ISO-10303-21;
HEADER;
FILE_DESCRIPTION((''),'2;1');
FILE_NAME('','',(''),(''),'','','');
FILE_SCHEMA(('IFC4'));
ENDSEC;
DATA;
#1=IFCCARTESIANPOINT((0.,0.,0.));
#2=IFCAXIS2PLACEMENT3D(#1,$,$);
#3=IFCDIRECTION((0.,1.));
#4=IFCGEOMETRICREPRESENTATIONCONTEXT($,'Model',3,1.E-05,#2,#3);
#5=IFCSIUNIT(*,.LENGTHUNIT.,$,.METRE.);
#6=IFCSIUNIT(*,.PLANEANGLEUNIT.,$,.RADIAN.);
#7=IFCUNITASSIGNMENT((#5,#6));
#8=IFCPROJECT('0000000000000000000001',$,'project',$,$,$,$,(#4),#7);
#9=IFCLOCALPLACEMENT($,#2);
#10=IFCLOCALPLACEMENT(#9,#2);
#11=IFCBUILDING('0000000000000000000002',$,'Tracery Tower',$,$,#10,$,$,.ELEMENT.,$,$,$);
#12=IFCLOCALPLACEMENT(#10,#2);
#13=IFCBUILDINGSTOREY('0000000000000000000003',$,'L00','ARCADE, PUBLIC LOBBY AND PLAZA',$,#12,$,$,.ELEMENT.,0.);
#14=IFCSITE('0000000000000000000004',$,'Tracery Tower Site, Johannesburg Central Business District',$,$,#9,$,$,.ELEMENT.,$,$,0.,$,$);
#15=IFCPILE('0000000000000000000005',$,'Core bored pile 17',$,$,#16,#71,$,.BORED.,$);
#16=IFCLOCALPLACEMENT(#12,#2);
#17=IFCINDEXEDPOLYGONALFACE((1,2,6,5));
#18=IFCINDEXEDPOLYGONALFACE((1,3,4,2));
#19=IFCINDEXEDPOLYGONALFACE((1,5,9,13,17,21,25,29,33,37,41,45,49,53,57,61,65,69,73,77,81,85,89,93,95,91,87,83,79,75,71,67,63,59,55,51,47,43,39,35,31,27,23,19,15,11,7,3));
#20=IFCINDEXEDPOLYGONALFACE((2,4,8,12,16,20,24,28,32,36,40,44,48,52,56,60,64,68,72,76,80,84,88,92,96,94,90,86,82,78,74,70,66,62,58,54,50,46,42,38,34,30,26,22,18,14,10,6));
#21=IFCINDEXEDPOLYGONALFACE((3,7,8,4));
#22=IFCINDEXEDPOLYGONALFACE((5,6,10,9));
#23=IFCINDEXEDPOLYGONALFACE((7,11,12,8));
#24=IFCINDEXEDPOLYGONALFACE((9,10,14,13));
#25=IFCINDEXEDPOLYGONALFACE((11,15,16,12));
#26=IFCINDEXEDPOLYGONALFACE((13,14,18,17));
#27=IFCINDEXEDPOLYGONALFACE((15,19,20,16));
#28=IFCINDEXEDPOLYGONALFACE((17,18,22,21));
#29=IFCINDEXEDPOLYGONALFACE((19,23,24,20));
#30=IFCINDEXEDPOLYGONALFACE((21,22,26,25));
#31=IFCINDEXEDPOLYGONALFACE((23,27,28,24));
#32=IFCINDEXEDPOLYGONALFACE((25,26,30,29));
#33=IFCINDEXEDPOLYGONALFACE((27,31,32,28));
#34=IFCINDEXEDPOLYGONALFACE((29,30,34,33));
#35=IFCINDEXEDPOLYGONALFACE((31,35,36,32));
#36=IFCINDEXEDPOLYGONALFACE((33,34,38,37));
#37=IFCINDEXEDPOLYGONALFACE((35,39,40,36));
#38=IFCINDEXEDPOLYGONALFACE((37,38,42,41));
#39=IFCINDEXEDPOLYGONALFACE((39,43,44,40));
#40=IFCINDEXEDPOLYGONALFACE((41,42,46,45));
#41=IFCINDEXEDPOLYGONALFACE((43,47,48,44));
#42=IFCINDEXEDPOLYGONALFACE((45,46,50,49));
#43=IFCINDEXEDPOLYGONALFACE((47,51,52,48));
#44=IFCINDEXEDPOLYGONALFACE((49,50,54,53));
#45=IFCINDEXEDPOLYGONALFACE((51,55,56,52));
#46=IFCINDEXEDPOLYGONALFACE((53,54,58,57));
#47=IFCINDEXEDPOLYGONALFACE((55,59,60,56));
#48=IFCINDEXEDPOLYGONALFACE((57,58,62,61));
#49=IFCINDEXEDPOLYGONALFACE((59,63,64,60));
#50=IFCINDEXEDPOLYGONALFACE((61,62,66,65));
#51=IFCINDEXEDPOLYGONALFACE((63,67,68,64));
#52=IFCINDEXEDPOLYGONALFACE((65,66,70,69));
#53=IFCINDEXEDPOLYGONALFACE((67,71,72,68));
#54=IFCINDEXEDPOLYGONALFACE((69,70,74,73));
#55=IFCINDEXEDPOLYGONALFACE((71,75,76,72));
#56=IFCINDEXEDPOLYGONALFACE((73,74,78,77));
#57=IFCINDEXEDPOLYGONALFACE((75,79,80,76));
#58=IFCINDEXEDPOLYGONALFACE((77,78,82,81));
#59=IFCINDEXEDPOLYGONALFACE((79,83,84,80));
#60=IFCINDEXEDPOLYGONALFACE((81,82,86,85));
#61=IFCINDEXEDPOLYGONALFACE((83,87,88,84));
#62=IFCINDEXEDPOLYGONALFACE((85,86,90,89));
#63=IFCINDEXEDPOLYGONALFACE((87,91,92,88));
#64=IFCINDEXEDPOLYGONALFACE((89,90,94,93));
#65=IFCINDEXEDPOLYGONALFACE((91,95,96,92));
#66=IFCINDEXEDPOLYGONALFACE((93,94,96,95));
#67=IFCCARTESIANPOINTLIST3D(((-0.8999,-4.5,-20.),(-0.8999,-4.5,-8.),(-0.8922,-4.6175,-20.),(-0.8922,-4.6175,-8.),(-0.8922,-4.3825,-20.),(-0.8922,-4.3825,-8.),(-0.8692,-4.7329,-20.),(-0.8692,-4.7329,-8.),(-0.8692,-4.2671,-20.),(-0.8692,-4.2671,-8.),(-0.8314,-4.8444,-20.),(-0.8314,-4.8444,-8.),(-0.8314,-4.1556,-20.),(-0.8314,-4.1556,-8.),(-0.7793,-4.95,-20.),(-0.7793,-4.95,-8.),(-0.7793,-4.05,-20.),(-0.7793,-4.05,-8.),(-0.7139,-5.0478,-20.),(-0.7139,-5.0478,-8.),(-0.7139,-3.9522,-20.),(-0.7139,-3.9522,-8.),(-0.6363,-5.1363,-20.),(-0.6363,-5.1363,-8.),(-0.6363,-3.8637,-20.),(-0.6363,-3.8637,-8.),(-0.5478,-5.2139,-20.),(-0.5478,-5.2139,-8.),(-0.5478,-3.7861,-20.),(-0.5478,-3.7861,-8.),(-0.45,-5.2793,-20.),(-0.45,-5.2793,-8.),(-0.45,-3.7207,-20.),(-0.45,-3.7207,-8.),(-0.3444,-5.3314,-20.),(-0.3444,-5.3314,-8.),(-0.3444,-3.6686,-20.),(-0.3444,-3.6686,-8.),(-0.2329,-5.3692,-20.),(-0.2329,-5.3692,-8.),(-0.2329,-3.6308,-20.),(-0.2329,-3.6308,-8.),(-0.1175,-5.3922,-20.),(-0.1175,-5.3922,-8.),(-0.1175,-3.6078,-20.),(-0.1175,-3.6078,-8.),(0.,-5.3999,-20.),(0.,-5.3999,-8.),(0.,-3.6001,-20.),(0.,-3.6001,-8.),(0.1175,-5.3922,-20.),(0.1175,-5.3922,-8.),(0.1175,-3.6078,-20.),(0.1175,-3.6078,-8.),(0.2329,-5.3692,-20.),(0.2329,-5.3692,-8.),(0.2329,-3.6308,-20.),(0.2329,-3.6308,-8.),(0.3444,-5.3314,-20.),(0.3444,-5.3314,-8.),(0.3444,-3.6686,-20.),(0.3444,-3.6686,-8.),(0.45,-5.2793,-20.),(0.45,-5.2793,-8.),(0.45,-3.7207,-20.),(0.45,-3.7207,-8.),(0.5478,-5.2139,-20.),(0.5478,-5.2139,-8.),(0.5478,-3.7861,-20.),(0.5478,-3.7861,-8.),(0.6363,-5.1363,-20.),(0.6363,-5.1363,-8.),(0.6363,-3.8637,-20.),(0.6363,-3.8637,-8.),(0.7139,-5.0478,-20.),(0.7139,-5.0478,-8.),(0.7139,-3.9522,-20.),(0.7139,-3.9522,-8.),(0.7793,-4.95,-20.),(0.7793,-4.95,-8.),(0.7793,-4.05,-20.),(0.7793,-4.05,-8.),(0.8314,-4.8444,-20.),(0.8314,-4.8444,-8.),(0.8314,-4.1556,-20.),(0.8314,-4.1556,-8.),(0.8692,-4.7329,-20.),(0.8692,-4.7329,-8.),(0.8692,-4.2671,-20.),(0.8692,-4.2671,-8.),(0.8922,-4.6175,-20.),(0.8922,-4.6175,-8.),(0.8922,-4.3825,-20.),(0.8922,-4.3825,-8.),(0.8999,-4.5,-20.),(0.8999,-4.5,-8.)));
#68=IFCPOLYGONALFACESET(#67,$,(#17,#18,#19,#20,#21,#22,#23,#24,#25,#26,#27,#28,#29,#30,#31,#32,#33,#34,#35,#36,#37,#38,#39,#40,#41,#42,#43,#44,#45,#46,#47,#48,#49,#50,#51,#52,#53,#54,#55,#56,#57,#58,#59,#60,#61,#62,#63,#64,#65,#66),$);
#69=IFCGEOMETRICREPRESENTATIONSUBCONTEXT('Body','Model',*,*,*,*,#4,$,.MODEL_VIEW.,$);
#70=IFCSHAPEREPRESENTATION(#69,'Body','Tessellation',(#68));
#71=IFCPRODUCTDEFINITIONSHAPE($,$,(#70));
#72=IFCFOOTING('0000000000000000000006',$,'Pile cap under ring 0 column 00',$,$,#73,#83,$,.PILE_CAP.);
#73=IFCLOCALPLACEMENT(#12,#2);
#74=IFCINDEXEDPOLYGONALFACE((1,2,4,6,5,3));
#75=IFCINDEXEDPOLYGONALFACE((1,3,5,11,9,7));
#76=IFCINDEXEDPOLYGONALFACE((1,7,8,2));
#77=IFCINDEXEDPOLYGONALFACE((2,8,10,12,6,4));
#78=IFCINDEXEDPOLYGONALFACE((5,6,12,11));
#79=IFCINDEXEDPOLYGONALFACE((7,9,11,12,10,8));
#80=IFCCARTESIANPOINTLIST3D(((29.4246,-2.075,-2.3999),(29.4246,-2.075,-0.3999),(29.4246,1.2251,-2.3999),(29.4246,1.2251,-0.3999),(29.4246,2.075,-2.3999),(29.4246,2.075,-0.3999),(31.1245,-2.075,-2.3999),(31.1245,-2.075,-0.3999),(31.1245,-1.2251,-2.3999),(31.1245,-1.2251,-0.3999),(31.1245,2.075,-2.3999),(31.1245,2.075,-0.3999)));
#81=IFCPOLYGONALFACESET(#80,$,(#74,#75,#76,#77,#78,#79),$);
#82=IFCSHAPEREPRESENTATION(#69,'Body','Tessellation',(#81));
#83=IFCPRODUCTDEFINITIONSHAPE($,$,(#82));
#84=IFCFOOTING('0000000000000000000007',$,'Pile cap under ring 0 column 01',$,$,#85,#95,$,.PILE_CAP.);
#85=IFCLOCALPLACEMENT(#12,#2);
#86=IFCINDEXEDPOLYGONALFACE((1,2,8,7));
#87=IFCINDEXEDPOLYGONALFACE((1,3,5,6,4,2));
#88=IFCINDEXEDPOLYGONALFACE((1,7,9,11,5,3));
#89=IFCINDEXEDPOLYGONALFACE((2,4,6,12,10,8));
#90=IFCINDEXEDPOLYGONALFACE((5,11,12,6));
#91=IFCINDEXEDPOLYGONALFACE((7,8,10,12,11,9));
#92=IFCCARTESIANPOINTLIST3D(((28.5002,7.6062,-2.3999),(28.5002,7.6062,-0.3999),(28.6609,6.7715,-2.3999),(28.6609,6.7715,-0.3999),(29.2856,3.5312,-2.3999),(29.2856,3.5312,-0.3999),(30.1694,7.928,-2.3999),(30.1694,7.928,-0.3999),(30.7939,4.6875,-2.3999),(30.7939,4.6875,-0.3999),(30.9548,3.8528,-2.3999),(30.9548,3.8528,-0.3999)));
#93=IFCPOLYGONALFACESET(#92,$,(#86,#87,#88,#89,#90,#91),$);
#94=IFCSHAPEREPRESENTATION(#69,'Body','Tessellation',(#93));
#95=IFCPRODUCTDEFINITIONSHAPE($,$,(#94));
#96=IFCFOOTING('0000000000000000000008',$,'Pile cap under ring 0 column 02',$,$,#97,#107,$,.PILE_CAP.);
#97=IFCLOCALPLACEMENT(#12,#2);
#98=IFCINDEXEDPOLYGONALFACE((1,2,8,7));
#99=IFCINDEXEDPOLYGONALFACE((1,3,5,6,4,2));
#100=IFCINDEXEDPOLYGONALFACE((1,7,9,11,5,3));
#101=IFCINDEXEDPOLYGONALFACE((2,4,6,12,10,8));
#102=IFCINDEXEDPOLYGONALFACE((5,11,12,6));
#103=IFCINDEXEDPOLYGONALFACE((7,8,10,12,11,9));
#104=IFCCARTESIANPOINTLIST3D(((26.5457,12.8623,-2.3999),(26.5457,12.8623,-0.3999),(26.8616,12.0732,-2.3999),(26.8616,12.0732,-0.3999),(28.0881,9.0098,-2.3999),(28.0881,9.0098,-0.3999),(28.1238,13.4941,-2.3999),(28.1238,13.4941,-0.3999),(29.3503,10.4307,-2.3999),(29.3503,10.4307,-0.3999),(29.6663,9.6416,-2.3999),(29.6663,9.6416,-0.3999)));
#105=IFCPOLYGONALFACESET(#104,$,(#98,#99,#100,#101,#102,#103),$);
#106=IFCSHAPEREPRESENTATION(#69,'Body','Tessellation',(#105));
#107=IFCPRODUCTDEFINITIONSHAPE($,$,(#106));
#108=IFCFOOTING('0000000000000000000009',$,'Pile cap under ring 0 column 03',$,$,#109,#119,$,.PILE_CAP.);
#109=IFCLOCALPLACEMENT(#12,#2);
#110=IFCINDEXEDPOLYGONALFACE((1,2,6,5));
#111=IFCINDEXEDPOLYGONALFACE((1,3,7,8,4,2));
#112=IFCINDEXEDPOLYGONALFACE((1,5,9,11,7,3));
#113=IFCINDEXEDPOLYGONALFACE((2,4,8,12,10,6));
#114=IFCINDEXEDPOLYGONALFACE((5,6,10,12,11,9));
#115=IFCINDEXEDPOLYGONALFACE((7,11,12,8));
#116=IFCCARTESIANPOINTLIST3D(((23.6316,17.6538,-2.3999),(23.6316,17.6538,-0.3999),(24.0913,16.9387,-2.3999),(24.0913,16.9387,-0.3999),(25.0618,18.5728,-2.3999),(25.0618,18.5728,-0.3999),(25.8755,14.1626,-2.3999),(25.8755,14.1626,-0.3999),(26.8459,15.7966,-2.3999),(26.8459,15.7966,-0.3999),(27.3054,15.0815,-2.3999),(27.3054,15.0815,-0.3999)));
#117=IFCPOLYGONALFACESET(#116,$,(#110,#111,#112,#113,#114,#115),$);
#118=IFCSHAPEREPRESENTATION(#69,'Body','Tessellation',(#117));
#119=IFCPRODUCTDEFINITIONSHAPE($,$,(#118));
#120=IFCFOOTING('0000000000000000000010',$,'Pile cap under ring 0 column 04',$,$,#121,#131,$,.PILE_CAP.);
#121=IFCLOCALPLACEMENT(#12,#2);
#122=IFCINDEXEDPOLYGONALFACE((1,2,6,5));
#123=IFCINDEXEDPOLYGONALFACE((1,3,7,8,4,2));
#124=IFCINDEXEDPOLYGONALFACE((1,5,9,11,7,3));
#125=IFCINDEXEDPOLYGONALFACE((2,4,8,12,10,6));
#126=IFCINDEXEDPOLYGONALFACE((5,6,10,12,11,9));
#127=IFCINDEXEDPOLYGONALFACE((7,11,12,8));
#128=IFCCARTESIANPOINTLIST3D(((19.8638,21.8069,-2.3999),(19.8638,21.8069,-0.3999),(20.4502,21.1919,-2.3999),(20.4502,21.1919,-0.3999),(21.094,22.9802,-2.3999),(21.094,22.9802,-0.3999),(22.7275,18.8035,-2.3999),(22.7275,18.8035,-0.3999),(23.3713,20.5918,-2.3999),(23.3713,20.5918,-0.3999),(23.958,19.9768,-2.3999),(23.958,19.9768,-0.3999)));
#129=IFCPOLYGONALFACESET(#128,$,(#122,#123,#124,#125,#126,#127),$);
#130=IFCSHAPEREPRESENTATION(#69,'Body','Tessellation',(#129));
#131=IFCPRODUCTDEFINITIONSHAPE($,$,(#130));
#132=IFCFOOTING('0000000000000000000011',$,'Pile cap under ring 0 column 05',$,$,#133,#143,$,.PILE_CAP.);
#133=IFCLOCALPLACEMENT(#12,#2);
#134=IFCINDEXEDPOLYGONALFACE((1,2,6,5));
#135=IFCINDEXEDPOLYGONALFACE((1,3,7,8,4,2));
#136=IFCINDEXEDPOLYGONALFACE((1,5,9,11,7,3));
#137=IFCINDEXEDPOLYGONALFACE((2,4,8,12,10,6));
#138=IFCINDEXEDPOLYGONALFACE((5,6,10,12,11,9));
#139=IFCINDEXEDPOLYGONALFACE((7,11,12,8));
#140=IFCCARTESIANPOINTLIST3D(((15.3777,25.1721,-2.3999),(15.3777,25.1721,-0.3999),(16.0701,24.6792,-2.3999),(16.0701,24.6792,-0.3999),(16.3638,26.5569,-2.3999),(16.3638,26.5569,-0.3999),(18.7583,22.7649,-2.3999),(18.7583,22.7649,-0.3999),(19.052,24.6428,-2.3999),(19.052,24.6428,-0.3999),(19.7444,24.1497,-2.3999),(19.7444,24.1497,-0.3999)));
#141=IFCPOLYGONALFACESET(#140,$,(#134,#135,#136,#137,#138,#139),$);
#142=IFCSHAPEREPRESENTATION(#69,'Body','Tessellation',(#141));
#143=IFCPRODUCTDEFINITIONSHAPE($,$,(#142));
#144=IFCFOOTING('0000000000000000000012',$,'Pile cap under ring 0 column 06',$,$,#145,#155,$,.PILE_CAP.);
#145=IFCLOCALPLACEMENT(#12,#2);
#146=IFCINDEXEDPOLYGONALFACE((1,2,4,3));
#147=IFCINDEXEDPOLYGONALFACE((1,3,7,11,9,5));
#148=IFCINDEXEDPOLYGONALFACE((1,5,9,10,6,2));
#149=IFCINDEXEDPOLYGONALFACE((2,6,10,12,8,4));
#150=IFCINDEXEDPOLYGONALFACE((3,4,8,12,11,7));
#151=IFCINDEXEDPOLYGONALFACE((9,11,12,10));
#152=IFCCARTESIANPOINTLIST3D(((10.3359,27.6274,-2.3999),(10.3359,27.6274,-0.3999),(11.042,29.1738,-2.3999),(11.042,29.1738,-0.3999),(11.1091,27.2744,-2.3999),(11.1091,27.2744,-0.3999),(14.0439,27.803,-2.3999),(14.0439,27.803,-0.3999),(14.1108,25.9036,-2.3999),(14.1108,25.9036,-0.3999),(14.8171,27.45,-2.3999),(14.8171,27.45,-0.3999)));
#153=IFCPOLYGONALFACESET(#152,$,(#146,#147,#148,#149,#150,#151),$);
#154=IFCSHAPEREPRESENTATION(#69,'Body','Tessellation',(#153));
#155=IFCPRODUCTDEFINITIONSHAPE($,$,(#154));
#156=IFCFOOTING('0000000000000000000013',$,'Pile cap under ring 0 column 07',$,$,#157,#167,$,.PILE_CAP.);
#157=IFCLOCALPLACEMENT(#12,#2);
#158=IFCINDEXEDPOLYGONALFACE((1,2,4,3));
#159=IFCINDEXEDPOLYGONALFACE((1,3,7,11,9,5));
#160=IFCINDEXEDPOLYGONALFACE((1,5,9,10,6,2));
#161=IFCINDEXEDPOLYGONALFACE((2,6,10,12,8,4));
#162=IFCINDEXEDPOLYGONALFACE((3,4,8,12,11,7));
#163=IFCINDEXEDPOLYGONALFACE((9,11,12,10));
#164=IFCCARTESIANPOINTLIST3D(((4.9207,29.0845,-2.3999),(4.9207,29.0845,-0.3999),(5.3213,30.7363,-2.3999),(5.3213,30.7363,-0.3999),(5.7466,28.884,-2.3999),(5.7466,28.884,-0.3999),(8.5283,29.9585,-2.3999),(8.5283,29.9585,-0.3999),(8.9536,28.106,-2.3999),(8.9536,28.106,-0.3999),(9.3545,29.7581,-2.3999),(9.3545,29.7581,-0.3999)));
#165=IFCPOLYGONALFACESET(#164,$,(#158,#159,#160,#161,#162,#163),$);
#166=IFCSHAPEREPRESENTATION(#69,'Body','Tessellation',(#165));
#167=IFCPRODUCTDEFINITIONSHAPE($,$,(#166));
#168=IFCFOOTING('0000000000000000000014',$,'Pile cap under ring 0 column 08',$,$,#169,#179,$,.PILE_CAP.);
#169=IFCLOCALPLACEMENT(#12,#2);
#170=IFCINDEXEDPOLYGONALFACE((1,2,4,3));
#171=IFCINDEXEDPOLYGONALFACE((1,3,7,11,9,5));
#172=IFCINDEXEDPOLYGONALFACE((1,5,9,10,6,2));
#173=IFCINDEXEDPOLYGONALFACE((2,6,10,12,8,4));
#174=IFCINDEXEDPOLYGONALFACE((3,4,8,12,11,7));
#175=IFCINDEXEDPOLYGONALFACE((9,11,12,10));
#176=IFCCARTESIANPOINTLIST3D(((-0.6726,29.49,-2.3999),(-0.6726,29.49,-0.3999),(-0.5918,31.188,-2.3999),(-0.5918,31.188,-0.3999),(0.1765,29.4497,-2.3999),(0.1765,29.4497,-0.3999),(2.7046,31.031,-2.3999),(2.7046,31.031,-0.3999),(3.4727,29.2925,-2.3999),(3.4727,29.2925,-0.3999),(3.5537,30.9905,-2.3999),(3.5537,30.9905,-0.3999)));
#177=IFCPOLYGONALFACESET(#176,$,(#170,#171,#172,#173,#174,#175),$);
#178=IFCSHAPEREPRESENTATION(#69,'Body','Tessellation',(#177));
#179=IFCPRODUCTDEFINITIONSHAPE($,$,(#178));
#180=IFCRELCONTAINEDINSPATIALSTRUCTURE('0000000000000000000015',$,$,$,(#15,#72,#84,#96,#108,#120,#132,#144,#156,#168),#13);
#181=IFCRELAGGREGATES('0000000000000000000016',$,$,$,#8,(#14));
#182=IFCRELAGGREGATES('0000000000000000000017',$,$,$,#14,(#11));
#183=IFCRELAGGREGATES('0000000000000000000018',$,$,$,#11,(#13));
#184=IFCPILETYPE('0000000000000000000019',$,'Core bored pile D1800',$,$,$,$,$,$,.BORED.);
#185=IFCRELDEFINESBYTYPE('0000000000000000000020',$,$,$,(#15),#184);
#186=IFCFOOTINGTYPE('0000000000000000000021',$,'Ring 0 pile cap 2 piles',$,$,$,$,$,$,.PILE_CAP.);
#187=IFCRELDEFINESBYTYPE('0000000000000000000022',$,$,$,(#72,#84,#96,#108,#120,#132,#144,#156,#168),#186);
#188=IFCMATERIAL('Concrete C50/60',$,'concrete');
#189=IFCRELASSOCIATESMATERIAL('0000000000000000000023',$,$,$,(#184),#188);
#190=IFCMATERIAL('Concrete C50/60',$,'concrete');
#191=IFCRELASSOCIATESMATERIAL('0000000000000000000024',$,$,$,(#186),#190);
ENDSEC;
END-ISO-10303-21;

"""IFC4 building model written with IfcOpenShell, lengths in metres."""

from ifc_helpers import new_model, si_unit, direction, frame, origin, origin_2d, place, context, subcontext, project, spatial, polyline, circle, outline, extrude, material, material_profile, profile_set, type_object, element, save


model = new_model("IFC4")

# Units and contexts
model_context = context("Model", 3, precision=1e-05, world=origin(), true_north=direction((0.0, 1.0)))
body_context = subcontext(model_context, "Body", "Model", "MODEL_VIEW")
ifc_project = project(units=[si_unit("LENGTHUNIT", "METRE"), si_unit("PLANEANGLEUNIT", "RADIAN")], contexts=[model_context])

# Site, building, storey
site_placement = place(None, origin())
site = spatial("IfcSite", under=ifc_project, at=site_placement, Name="Tracery Tower Site, Johannesburg Central Business District", CompositionType="ELEMENT", RefElevation=0.0)
building_placement = place(site_placement, origin())
building = spatial("IfcBuilding", under=site, at=building_placement, Name="Tracery Tower", CompositionType="ELEMENT")
storey_placement = place(building_placement, origin())
storey = spatial("IfcBuildingStorey", under=building, at=storey_placement, Name="L00", Description="ARCADE, PUBLIC LOBBY AND PLAZA", CompositionType="ELEMENT", Elevation=0.0)

# Pile
ifc_material_1 = material(Name="Concrete C50/60", Category="concrete")
ifc_material_profile = material_profile(ifc_material_1, circle(Radius=0.8999, at=origin_2d()), Name="RC D1800")
ifc_profile_set = profile_set([ifc_material_profile], Name="Concrete C50/60")
pile_type = type_object("IfcPileType", Name="Core bored pile D1800", PredefinedType="BORED", material=ifc_profile_set)
for number, where, z_axis, x_axis, name in (
    (1, (0.0, -4.5, -8.0), (0.0, 0.0, -1.0), (1.0, 0.0, 0.0), "Core bored pile 17"),
):
    element("IfcPile", number, at=place(storey_placement, frame(where, z_axis=z_axis, x_axis=x_axis)), inside=storey, type_object=pile_type, Name=name, PredefinedType="BORED", context=body_context, shape_type="SweptSolid", body=[
        extrude(circle(Radius=0.8999, at=origin_2d()), origin(), (0.0, 0.0, 1.0), 12.0),
    ])

# Footings
ifc_material_2 = material(Name="Concrete C50/60", Category="concrete")
footing_type = type_object("IfcFootingType", Name="Ring 0 pile cap 2 piles", PredefinedType="PILE_CAP", material=ifc_material_2)
footing_1_placement = place(storey_placement, frame((0.0, 0.0, -2.3999)))
element("IfcFooting", 2, at=footing_1_placement, inside=storey, type_object=footing_type, Name="Pile cap under ring 0 column 00", PredefinedType="PILE_CAP", context=body_context, shape_type="SweptSolid", body=[
    extrude(outline(polyline([(29.4246, -2.075), (31.1245, -2.075), (31.1245, -1.2251), (31.1245, 2.075), (29.4246, 2.075), (29.4246, 1.2251), (29.4246, -2.075)])), origin(), (0.0, 0.0, 1.0), 2.0),
])
footing_2_placement = place(storey_placement, frame((0.0, 0.0, -2.3999)))
element("IfcFooting", 3, at=footing_2_placement, inside=storey, type_object=footing_type, Name="Pile cap under ring 0 column 01", PredefinedType="PILE_CAP", context=body_context, shape_type="SweptSolid", body=[
    extrude(outline(polyline([(29.2856, 3.5312), (30.9548, 3.8528), (30.7939, 4.6875), (30.1694, 7.928), (28.5002, 7.6062), (28.6609, 6.7715), (29.2856, 3.5312)])), origin(), (0.0, 0.0, 1.0), 2.0),
])
footing_3_placement = place(storey_placement, frame((0.0, 0.0, -2.3999)))
element("IfcFooting", 4, at=footing_3_placement, inside=storey, type_object=footing_type, Name="Pile cap under ring 0 column 02", PredefinedType="PILE_CAP", context=body_context, shape_type="SweptSolid", body=[
    extrude(outline(polyline([(28.0881, 9.0098), (29.6663, 9.6416), (29.3503, 10.4307), (28.1238, 13.4941), (26.5457, 12.8623), (26.8616, 12.0732), (28.0881, 9.0098)])), origin(), (0.0, 0.0, 1.0), 2.0),
])
footing_4_placement = place(storey_placement, frame((0.0, 0.0, -2.3999)))
element("IfcFooting", 5, at=footing_4_placement, inside=storey, type_object=footing_type, Name="Pile cap under ring 0 column 03", PredefinedType="PILE_CAP", context=body_context, shape_type="SweptSolid", body=[
    extrude(outline(polyline([(25.8755, 14.1626), (27.3054, 15.0815), (26.8459, 15.7966), (25.0618, 18.5728), (23.6316, 17.6538), (24.0913, 16.9387), (25.8755, 14.1626)])), origin(), (0.0, 0.0, 1.0), 2.0),
])
footing_5_placement = place(storey_placement, frame((0.0, 0.0, -2.3999)))
element("IfcFooting", 6, at=footing_5_placement, inside=storey, type_object=footing_type, Name="Pile cap under ring 0 column 04", PredefinedType="PILE_CAP", context=body_context, shape_type="SweptSolid", body=[
    extrude(outline(polyline([(22.7275, 18.8035), (23.958, 19.9768), (23.3713, 20.5918), (21.094, 22.9802), (19.8638, 21.8069), (20.4502, 21.1919), (22.7275, 18.8035)])), origin(), (0.0, 0.0, 1.0), 2.0),
])
footing_6_placement = place(storey_placement, frame((0.0, 0.0, -2.3999)))
element("IfcFooting", 7, at=footing_6_placement, inside=storey, type_object=footing_type, Name="Pile cap under ring 0 column 05", PredefinedType="PILE_CAP", context=body_context, shape_type="SweptSolid", body=[
    extrude(outline(polyline([(18.7583, 22.7649), (19.7444, 24.1497), (19.052, 24.6428), (16.3638, 26.5569), (15.3777, 25.1721), (16.0701, 24.6792), (18.7583, 22.7649)])), origin(), (0.0, 0.0, 1.0), 2.0),
])
footing_7_placement = place(storey_placement, frame((0.0, 0.0, -2.3999)))
element("IfcFooting", 8, at=footing_7_placement, inside=storey, type_object=footing_type, Name="Pile cap under ring 0 column 06", PredefinedType="PILE_CAP", context=body_context, shape_type="SweptSolid", body=[
    extrude(outline(polyline([(14.1108, 25.9036), (14.8171, 27.45), (14.0439, 27.803), (11.042, 29.1738), (10.3359, 27.6274), (11.1091, 27.2744), (14.1108, 25.9036)])), origin(), (0.0, 0.0, 1.0), 2.0),
])
footing_8_placement = place(storey_placement, frame((0.0, 0.0, -2.3999)))
element("IfcFooting", 9, at=footing_8_placement, inside=storey, type_object=footing_type, Name="Pile cap under ring 0 column 07", PredefinedType="PILE_CAP", context=body_context, shape_type="SweptSolid", body=[
    extrude(outline(polyline([(8.9536, 28.106), (9.3545, 29.7581), (8.5283, 29.9585), (5.3213, 30.7363), (4.9207, 29.0845), (5.7466, 28.884), (8.9536, 28.106)])), origin(), (0.0, 0.0, 1.0), 2.0),
])
footing_9_placement = place(storey_placement, frame((0.0, 0.0, -2.3999)))
element("IfcFooting", 10, at=footing_9_placement, inside=storey, type_object=footing_type, Name="Pile cap under ring 0 column 08", PredefinedType="PILE_CAP", context=body_context, shape_type="SweptSolid", body=[
    extrude(outline(polyline([(3.4727, 29.2925), (3.5537, 30.9905), (2.7046, 31.031), (-0.5918, 31.188), (-0.6726, 29.49), (0.1765, 29.4497), (3.4727, 29.2925)])), origin(), (0.0, 0.0, 1.0), 2.0),
])

save(model, "model.ifc")
